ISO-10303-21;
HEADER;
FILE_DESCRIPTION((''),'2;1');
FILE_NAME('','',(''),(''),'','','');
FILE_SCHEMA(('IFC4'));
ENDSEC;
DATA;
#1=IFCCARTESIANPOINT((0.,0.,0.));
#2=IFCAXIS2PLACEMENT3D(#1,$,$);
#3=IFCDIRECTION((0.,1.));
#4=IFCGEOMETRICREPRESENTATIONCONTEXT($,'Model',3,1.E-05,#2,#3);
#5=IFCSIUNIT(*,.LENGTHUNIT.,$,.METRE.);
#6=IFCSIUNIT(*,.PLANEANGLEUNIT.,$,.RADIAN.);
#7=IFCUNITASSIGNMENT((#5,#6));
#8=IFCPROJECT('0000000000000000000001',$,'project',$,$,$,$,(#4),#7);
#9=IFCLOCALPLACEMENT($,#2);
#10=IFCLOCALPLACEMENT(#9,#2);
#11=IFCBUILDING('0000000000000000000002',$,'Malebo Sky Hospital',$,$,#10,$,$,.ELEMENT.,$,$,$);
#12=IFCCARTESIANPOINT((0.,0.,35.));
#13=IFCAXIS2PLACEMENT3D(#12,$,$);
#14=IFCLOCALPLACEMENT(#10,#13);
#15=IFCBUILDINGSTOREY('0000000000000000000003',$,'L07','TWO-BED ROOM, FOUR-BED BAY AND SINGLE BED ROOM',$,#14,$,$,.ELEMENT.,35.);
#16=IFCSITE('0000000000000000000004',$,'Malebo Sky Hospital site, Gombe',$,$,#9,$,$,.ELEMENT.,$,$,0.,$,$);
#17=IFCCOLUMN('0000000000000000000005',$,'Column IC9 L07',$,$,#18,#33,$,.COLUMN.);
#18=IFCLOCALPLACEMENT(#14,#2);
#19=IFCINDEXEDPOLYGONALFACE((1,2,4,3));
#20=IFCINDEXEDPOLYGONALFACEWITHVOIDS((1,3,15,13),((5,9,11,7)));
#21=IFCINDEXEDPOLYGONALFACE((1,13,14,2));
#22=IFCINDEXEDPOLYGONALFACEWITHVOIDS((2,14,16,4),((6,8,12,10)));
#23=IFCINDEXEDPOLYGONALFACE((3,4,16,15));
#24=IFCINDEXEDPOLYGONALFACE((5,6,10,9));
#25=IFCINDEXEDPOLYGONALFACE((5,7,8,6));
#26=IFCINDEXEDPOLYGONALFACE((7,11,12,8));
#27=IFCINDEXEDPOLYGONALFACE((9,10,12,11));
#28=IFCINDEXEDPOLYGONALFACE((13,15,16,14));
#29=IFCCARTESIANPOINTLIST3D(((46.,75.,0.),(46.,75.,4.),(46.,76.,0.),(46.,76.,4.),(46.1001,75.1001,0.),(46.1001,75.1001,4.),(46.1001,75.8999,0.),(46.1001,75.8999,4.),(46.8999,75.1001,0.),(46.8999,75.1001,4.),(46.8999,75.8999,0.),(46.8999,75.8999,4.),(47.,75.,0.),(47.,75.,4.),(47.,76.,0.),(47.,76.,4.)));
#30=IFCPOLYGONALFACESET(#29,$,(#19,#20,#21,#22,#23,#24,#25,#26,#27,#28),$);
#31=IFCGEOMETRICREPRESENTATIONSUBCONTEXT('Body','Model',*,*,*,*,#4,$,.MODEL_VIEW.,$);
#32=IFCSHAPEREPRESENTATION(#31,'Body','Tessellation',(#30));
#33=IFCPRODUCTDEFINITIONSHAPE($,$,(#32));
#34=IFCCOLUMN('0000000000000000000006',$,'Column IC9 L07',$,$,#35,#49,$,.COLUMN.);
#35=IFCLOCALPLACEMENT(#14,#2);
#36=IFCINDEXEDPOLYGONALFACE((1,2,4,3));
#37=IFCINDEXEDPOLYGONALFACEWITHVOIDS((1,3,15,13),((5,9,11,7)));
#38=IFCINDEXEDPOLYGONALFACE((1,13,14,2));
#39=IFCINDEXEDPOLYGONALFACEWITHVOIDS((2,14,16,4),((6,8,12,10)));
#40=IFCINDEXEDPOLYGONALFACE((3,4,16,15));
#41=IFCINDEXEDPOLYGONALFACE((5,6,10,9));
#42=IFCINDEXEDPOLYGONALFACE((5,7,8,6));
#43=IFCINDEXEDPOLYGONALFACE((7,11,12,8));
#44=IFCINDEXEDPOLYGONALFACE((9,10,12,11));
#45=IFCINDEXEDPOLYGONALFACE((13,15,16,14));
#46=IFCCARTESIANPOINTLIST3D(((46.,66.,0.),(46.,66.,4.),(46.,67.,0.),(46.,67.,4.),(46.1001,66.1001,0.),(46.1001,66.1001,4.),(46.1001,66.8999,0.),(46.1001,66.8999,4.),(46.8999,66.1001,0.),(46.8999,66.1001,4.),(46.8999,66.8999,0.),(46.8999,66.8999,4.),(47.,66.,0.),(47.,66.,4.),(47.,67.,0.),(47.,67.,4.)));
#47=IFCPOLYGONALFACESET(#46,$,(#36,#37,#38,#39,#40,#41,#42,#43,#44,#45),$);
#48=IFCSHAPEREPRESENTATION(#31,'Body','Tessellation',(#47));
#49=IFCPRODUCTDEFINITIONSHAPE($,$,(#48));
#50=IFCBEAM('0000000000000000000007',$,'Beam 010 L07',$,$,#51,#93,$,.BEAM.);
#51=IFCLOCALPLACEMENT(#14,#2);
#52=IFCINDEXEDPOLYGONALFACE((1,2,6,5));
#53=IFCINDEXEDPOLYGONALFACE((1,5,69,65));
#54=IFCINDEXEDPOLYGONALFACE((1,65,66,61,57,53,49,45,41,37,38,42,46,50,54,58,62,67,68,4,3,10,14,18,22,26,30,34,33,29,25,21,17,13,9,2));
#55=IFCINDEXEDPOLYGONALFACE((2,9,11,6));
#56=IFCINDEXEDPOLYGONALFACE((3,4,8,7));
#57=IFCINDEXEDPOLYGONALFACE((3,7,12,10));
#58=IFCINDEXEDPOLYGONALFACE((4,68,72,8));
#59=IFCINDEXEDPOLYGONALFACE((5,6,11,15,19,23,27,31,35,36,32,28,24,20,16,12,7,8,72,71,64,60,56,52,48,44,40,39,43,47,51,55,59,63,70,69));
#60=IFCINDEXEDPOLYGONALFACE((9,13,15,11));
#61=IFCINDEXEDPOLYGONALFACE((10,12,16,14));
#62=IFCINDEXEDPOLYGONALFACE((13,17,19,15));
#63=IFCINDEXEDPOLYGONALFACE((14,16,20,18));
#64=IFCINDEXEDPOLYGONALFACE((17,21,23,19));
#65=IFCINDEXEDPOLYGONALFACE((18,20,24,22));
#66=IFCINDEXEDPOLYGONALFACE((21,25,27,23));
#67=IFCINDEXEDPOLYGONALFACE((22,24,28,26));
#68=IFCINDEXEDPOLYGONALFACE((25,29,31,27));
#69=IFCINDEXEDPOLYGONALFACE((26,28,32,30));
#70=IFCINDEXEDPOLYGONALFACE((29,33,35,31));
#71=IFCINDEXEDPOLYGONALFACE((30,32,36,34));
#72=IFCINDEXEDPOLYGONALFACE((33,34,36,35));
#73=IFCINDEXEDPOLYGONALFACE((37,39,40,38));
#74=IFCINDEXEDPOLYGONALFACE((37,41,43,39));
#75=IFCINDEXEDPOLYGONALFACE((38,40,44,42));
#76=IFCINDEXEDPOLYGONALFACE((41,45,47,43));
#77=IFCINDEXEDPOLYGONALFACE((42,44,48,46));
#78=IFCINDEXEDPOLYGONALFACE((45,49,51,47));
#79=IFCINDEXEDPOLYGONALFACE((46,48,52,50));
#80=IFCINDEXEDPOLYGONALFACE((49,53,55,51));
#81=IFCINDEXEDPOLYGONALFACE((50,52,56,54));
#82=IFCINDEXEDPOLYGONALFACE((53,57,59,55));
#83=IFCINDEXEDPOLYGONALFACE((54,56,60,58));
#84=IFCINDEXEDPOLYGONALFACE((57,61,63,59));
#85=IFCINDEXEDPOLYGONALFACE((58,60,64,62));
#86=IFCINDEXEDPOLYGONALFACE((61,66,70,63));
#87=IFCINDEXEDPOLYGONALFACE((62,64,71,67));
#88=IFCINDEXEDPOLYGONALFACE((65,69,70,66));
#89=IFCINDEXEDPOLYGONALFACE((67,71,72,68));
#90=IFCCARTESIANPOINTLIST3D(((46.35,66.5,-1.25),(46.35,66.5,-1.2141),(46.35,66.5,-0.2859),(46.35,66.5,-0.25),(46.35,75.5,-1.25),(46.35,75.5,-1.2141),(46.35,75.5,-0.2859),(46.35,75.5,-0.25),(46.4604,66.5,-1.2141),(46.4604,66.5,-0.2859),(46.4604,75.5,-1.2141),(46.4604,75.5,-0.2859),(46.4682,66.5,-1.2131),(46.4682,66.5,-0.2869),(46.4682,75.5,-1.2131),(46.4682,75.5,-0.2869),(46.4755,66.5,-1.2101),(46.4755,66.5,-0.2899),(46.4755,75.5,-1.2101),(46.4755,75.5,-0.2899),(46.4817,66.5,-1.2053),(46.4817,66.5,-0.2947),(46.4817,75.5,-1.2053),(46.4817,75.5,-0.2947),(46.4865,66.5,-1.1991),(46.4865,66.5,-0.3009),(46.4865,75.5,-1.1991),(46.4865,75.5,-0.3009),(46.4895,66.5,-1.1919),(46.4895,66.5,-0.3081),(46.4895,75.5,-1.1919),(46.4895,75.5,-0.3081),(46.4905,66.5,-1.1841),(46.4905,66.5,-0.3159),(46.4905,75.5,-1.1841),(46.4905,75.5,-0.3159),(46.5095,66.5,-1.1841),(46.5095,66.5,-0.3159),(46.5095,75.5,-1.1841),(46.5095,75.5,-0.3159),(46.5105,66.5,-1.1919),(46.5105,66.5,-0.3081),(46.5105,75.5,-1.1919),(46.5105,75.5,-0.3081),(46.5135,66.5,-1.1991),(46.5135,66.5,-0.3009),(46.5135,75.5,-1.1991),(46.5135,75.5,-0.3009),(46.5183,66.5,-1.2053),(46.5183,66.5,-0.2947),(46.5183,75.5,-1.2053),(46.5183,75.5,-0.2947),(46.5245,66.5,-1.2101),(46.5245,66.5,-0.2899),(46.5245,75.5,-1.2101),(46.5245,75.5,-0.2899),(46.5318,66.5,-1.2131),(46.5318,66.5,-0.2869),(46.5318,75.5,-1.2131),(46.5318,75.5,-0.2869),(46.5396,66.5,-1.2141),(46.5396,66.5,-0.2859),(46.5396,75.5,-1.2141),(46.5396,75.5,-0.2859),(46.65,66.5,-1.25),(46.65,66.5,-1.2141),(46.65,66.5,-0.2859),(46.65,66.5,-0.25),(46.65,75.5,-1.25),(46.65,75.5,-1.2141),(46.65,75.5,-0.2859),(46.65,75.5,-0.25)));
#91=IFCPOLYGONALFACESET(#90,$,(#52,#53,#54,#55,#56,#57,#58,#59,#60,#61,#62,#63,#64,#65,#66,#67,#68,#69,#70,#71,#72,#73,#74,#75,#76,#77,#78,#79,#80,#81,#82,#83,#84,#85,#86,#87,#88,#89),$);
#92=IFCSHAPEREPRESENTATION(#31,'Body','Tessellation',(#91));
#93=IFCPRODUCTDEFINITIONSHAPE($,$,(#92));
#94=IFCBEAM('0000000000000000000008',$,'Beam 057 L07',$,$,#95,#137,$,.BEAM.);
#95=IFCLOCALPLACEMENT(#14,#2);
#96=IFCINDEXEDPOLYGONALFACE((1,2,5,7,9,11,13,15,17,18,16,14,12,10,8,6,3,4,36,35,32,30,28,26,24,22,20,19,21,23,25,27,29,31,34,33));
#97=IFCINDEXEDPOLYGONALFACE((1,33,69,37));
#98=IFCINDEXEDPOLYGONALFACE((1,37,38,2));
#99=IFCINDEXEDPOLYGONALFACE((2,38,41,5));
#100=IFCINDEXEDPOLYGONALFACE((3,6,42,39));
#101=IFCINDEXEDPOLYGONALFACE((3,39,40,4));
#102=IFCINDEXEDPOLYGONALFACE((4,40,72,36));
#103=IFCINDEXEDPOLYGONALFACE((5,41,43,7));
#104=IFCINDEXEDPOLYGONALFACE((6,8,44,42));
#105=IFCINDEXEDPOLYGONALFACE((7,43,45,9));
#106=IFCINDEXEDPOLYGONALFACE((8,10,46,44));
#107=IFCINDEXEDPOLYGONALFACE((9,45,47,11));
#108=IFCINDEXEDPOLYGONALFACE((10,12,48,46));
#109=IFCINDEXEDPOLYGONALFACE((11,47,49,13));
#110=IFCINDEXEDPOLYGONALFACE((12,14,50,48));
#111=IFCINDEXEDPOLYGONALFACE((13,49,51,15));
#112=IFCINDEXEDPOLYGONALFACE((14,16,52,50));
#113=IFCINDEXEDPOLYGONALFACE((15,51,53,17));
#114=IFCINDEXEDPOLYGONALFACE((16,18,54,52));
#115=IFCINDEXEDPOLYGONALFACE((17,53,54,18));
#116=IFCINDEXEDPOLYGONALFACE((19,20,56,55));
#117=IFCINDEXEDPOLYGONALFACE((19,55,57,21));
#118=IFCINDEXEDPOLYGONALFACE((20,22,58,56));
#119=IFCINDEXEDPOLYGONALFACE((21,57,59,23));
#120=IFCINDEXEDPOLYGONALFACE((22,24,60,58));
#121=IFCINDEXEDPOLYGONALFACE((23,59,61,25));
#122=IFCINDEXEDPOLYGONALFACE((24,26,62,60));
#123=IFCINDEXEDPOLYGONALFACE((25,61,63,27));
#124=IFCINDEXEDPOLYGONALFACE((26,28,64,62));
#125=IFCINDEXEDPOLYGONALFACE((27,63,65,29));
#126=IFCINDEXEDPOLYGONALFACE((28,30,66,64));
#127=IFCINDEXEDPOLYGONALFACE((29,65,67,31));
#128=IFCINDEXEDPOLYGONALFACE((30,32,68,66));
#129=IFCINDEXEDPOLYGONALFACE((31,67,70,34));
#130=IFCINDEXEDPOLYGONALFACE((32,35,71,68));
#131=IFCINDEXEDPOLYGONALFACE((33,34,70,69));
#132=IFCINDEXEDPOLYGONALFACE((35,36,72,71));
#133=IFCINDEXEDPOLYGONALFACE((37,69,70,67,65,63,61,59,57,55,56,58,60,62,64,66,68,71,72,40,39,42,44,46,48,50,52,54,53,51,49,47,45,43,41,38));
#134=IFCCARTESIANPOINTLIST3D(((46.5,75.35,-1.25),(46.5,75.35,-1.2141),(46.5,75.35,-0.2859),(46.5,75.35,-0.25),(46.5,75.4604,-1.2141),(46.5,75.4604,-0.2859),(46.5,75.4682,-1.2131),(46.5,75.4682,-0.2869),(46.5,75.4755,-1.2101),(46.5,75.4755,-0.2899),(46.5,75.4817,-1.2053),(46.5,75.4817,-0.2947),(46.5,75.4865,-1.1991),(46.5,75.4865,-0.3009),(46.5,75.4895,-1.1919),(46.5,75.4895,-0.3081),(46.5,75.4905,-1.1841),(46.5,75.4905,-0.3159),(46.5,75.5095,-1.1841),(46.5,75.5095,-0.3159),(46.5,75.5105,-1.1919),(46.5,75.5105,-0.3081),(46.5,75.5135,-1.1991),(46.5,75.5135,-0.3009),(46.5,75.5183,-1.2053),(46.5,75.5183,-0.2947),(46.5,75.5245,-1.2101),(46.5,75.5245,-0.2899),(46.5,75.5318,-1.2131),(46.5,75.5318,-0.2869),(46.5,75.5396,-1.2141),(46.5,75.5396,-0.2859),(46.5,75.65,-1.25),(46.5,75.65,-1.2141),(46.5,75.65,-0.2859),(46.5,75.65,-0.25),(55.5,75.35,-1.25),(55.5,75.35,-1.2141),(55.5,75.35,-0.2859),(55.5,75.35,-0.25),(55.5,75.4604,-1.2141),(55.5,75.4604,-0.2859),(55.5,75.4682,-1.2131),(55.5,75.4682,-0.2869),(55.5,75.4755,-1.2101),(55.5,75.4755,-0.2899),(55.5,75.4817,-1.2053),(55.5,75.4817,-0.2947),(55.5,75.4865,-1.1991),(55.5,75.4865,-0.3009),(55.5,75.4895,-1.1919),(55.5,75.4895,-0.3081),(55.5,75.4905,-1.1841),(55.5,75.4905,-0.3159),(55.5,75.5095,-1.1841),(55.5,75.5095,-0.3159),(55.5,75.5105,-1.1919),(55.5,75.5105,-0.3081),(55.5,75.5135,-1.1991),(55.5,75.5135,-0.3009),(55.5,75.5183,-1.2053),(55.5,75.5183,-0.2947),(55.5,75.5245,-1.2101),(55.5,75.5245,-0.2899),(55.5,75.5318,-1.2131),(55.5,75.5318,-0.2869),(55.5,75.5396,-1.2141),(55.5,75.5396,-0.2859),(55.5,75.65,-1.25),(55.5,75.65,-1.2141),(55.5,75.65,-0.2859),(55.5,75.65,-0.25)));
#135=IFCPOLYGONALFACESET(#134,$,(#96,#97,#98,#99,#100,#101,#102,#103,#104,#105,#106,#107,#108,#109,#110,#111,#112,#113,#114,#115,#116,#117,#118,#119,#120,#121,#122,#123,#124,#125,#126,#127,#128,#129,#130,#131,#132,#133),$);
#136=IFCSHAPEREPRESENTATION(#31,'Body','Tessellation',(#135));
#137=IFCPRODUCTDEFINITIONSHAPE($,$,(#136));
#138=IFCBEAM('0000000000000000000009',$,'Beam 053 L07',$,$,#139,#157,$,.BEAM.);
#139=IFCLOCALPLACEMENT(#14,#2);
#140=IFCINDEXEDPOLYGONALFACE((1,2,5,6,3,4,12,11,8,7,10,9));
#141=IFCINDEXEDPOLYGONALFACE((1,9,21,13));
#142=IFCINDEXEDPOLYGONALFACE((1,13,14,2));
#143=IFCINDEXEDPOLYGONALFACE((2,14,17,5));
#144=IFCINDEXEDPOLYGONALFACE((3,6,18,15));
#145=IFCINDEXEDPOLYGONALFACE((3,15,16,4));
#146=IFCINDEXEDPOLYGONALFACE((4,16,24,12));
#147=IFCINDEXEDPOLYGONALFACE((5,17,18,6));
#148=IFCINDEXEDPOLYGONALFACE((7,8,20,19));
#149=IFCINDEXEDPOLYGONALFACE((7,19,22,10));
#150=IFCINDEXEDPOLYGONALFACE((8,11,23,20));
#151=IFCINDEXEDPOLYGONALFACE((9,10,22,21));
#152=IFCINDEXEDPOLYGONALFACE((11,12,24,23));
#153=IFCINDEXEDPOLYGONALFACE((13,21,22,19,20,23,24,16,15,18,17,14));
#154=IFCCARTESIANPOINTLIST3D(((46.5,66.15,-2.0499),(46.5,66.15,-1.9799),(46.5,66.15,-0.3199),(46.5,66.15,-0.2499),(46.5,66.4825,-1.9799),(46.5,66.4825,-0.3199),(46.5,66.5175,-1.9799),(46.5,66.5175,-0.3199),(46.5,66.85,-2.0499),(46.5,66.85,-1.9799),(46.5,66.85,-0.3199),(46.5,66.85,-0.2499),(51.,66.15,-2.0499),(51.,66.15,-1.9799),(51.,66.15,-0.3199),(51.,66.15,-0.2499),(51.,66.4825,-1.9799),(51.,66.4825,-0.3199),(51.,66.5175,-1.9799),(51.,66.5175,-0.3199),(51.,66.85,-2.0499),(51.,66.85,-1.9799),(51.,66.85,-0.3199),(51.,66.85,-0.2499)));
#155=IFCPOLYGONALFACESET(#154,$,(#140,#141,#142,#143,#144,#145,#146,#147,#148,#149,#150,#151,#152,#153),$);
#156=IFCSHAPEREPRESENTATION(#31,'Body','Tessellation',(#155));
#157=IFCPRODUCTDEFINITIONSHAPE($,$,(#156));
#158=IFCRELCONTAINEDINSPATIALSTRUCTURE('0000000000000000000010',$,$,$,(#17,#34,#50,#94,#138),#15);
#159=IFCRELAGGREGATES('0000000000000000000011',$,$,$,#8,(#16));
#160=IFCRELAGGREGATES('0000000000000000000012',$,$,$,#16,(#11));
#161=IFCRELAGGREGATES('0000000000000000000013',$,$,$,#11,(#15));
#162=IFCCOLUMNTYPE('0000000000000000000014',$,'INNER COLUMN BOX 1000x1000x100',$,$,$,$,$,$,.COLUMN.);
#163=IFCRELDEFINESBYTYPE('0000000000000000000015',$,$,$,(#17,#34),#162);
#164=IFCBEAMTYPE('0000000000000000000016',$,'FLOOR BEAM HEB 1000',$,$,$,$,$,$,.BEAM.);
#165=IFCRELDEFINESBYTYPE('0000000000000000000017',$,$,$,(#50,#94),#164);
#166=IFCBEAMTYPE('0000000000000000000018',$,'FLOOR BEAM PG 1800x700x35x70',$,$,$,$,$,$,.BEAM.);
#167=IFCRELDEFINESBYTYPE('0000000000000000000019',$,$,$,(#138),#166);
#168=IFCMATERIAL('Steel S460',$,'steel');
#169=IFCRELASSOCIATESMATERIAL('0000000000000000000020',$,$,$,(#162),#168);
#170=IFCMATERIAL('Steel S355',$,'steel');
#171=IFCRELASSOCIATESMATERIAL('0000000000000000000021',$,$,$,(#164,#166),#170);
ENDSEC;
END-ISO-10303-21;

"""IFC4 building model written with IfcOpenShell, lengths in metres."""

from ifc_helpers import new_model, si_unit, direction, frame, origin, origin_2d, place, context, subcontext, project, spatial, hollow_rectangle, i_section, extrude, material, material_profile, profile_set, type_object, element, save


model = new_model("IFC4")

# Units and contexts
model_context = context("Model", 3, precision=1e-05, world=origin(), true_north=direction((0.0, 1.0)))
body_context = subcontext(model_context, "Body", "Model", "MODEL_VIEW")
ifc_project = project(units=[si_unit("LENGTHUNIT", "METRE"), si_unit("PLANEANGLEUNIT", "RADIAN")], contexts=[model_context])

# Site, building, storey
site_placement = place(None, origin())
site = spatial("IfcSite", under=ifc_project, at=site_placement, Name="Malebo Sky Hospital site, Gombe", CompositionType="ELEMENT", RefElevation=0.0)
building_placement = place(site_placement, origin())
building = spatial("IfcBuilding", under=site, at=building_placement, Name="Malebo Sky Hospital", CompositionType="ELEMENT")
storey_placement = place(building_placement, frame((0.0, 0.0, 35.0)))
storey = spatial("IfcBuildingStorey", under=building, at=storey_placement, Name="L07", Description="TWO-BED ROOM, FOUR-BED BAY AND SINGLE BED ROOM", CompositionType="ELEMENT", Elevation=35.0)

# Columns
ifc_material_1 = material(Name="Steel S460", Category="steel")
ifc_material_profile_1 = material_profile(ifc_material_1, hollow_rectangle(XDim=1.0, YDim=1.0, WallThickness=0.1001, at=origin_2d()), Name="BOX 1000x1000x100")
ifc_profile_set_1 = profile_set([ifc_material_profile_1], Name="Steel S460")
column_type = type_object("IfcColumnType", Name="INNER COLUMN BOX 1000x1000x100", PredefinedType="COLUMN", material=ifc_profile_set_1)
for number, where, z_axis, x_axis, name in (
    (1, (46.5, 75.5, 0.0), (0.0, 0.0, 1.0), (1.0, 0.0, 0.0), "Column IC9 L07"),
    (2, (46.5, 66.5, 0.0), (0.0, 0.0, 1.0), (1.0, 0.0, 0.0), "Column IC9 L07"),
):
    element("IfcColumn", number, at=place(storey_placement, frame(where, z_axis=z_axis, x_axis=x_axis)), inside=storey, type_object=column_type, Name=name, PredefinedType="COLUMN", context=body_context, shape_type="SweptSolid", body=[
        extrude(hollow_rectangle(XDim=1.0, YDim=1.0, WallThickness=0.1001, at=origin_2d()), origin(), (0.0, 0.0, 1.0), 4.0),
    ])

# Beams
ifc_material_2 = material(Name="Steel S355", Category="steel")
ifc_material_profile_2 = material_profile(ifc_material_2, i_section(OverallWidth=0.3, OverallDepth=1.0, WebThickness=0.019, FlangeThickness=0.0359, FilletRadius=0.03, at=origin_2d()), Name="HEB 1000")
ifc_profile_set_2 = profile_set([ifc_material_profile_2], Name="Steel S355")
beam_type_1 = type_object("IfcBeamType", Name="FLOOR BEAM HEB 1000", PredefinedType="BEAM", material=ifc_profile_set_2)
for number, where, z_axis, x_axis, name in (
    (3, (46.5, 66.5, -0.75), (0.0, 1.0, 0.0), (-1.0, 0.0, 0.0), "Beam 010 L07"),
    (4, (46.5, 75.5, -0.75), (1.0, 0.0, 0.0), (0.0, 1.0, 0.0), "Beam 057 L07"),
):
    element("IfcBeam", number, at=place(storey_placement, frame(where, z_axis=z_axis, x_axis=x_axis)), inside=storey, type_object=beam_type_1, Name=name, PredefinedType="BEAM", context=body_context, shape_type="SweptSolid", body=[
        extrude(i_section(OverallWidth=0.3, OverallDepth=1.0, WebThickness=0.019, FlangeThickness=0.0359, FilletRadius=0.03, at=origin_2d()), origin(), (0.0, 0.0, 1.0), 9.0),
    ])
ifc_material_profile_3 = material_profile(ifc_material_2, i_section(OverallWidth=0.7, OverallDepth=1.8, WebThickness=0.0349, FlangeThickness=0.0701, at=origin_2d()), Name="PG 1800x700x35x70")
ifc_profile_set_3 = profile_set([ifc_material_profile_3], Name="Steel S355")
beam_type_2 = type_object("IfcBeamType", Name="FLOOR BEAM PG 1800x700x35x70", PredefinedType="BEAM", material=ifc_profile_set_3)
beam_1_placement = place(storey_placement, frame((46.5, 66.5, -1.1499), z_axis=(1.0, 0.0, 0.0), x_axis=(0.0, 1.0, 0.0)))
element("IfcBeam", 5, at=beam_1_placement, inside=storey, type_object=beam_type_2, Name="Beam 053 L07", PredefinedType="BEAM", context=body_context, shape_type="SweptSolid", body=[
    extrude(i_section(OverallWidth=0.7, OverallDepth=1.8, WebThickness=0.0349, FlangeThickness=0.0701, at=origin_2d()), origin(), (0.0, 0.0, 1.0), 4.5),
])

save(model, "model.ifc")
